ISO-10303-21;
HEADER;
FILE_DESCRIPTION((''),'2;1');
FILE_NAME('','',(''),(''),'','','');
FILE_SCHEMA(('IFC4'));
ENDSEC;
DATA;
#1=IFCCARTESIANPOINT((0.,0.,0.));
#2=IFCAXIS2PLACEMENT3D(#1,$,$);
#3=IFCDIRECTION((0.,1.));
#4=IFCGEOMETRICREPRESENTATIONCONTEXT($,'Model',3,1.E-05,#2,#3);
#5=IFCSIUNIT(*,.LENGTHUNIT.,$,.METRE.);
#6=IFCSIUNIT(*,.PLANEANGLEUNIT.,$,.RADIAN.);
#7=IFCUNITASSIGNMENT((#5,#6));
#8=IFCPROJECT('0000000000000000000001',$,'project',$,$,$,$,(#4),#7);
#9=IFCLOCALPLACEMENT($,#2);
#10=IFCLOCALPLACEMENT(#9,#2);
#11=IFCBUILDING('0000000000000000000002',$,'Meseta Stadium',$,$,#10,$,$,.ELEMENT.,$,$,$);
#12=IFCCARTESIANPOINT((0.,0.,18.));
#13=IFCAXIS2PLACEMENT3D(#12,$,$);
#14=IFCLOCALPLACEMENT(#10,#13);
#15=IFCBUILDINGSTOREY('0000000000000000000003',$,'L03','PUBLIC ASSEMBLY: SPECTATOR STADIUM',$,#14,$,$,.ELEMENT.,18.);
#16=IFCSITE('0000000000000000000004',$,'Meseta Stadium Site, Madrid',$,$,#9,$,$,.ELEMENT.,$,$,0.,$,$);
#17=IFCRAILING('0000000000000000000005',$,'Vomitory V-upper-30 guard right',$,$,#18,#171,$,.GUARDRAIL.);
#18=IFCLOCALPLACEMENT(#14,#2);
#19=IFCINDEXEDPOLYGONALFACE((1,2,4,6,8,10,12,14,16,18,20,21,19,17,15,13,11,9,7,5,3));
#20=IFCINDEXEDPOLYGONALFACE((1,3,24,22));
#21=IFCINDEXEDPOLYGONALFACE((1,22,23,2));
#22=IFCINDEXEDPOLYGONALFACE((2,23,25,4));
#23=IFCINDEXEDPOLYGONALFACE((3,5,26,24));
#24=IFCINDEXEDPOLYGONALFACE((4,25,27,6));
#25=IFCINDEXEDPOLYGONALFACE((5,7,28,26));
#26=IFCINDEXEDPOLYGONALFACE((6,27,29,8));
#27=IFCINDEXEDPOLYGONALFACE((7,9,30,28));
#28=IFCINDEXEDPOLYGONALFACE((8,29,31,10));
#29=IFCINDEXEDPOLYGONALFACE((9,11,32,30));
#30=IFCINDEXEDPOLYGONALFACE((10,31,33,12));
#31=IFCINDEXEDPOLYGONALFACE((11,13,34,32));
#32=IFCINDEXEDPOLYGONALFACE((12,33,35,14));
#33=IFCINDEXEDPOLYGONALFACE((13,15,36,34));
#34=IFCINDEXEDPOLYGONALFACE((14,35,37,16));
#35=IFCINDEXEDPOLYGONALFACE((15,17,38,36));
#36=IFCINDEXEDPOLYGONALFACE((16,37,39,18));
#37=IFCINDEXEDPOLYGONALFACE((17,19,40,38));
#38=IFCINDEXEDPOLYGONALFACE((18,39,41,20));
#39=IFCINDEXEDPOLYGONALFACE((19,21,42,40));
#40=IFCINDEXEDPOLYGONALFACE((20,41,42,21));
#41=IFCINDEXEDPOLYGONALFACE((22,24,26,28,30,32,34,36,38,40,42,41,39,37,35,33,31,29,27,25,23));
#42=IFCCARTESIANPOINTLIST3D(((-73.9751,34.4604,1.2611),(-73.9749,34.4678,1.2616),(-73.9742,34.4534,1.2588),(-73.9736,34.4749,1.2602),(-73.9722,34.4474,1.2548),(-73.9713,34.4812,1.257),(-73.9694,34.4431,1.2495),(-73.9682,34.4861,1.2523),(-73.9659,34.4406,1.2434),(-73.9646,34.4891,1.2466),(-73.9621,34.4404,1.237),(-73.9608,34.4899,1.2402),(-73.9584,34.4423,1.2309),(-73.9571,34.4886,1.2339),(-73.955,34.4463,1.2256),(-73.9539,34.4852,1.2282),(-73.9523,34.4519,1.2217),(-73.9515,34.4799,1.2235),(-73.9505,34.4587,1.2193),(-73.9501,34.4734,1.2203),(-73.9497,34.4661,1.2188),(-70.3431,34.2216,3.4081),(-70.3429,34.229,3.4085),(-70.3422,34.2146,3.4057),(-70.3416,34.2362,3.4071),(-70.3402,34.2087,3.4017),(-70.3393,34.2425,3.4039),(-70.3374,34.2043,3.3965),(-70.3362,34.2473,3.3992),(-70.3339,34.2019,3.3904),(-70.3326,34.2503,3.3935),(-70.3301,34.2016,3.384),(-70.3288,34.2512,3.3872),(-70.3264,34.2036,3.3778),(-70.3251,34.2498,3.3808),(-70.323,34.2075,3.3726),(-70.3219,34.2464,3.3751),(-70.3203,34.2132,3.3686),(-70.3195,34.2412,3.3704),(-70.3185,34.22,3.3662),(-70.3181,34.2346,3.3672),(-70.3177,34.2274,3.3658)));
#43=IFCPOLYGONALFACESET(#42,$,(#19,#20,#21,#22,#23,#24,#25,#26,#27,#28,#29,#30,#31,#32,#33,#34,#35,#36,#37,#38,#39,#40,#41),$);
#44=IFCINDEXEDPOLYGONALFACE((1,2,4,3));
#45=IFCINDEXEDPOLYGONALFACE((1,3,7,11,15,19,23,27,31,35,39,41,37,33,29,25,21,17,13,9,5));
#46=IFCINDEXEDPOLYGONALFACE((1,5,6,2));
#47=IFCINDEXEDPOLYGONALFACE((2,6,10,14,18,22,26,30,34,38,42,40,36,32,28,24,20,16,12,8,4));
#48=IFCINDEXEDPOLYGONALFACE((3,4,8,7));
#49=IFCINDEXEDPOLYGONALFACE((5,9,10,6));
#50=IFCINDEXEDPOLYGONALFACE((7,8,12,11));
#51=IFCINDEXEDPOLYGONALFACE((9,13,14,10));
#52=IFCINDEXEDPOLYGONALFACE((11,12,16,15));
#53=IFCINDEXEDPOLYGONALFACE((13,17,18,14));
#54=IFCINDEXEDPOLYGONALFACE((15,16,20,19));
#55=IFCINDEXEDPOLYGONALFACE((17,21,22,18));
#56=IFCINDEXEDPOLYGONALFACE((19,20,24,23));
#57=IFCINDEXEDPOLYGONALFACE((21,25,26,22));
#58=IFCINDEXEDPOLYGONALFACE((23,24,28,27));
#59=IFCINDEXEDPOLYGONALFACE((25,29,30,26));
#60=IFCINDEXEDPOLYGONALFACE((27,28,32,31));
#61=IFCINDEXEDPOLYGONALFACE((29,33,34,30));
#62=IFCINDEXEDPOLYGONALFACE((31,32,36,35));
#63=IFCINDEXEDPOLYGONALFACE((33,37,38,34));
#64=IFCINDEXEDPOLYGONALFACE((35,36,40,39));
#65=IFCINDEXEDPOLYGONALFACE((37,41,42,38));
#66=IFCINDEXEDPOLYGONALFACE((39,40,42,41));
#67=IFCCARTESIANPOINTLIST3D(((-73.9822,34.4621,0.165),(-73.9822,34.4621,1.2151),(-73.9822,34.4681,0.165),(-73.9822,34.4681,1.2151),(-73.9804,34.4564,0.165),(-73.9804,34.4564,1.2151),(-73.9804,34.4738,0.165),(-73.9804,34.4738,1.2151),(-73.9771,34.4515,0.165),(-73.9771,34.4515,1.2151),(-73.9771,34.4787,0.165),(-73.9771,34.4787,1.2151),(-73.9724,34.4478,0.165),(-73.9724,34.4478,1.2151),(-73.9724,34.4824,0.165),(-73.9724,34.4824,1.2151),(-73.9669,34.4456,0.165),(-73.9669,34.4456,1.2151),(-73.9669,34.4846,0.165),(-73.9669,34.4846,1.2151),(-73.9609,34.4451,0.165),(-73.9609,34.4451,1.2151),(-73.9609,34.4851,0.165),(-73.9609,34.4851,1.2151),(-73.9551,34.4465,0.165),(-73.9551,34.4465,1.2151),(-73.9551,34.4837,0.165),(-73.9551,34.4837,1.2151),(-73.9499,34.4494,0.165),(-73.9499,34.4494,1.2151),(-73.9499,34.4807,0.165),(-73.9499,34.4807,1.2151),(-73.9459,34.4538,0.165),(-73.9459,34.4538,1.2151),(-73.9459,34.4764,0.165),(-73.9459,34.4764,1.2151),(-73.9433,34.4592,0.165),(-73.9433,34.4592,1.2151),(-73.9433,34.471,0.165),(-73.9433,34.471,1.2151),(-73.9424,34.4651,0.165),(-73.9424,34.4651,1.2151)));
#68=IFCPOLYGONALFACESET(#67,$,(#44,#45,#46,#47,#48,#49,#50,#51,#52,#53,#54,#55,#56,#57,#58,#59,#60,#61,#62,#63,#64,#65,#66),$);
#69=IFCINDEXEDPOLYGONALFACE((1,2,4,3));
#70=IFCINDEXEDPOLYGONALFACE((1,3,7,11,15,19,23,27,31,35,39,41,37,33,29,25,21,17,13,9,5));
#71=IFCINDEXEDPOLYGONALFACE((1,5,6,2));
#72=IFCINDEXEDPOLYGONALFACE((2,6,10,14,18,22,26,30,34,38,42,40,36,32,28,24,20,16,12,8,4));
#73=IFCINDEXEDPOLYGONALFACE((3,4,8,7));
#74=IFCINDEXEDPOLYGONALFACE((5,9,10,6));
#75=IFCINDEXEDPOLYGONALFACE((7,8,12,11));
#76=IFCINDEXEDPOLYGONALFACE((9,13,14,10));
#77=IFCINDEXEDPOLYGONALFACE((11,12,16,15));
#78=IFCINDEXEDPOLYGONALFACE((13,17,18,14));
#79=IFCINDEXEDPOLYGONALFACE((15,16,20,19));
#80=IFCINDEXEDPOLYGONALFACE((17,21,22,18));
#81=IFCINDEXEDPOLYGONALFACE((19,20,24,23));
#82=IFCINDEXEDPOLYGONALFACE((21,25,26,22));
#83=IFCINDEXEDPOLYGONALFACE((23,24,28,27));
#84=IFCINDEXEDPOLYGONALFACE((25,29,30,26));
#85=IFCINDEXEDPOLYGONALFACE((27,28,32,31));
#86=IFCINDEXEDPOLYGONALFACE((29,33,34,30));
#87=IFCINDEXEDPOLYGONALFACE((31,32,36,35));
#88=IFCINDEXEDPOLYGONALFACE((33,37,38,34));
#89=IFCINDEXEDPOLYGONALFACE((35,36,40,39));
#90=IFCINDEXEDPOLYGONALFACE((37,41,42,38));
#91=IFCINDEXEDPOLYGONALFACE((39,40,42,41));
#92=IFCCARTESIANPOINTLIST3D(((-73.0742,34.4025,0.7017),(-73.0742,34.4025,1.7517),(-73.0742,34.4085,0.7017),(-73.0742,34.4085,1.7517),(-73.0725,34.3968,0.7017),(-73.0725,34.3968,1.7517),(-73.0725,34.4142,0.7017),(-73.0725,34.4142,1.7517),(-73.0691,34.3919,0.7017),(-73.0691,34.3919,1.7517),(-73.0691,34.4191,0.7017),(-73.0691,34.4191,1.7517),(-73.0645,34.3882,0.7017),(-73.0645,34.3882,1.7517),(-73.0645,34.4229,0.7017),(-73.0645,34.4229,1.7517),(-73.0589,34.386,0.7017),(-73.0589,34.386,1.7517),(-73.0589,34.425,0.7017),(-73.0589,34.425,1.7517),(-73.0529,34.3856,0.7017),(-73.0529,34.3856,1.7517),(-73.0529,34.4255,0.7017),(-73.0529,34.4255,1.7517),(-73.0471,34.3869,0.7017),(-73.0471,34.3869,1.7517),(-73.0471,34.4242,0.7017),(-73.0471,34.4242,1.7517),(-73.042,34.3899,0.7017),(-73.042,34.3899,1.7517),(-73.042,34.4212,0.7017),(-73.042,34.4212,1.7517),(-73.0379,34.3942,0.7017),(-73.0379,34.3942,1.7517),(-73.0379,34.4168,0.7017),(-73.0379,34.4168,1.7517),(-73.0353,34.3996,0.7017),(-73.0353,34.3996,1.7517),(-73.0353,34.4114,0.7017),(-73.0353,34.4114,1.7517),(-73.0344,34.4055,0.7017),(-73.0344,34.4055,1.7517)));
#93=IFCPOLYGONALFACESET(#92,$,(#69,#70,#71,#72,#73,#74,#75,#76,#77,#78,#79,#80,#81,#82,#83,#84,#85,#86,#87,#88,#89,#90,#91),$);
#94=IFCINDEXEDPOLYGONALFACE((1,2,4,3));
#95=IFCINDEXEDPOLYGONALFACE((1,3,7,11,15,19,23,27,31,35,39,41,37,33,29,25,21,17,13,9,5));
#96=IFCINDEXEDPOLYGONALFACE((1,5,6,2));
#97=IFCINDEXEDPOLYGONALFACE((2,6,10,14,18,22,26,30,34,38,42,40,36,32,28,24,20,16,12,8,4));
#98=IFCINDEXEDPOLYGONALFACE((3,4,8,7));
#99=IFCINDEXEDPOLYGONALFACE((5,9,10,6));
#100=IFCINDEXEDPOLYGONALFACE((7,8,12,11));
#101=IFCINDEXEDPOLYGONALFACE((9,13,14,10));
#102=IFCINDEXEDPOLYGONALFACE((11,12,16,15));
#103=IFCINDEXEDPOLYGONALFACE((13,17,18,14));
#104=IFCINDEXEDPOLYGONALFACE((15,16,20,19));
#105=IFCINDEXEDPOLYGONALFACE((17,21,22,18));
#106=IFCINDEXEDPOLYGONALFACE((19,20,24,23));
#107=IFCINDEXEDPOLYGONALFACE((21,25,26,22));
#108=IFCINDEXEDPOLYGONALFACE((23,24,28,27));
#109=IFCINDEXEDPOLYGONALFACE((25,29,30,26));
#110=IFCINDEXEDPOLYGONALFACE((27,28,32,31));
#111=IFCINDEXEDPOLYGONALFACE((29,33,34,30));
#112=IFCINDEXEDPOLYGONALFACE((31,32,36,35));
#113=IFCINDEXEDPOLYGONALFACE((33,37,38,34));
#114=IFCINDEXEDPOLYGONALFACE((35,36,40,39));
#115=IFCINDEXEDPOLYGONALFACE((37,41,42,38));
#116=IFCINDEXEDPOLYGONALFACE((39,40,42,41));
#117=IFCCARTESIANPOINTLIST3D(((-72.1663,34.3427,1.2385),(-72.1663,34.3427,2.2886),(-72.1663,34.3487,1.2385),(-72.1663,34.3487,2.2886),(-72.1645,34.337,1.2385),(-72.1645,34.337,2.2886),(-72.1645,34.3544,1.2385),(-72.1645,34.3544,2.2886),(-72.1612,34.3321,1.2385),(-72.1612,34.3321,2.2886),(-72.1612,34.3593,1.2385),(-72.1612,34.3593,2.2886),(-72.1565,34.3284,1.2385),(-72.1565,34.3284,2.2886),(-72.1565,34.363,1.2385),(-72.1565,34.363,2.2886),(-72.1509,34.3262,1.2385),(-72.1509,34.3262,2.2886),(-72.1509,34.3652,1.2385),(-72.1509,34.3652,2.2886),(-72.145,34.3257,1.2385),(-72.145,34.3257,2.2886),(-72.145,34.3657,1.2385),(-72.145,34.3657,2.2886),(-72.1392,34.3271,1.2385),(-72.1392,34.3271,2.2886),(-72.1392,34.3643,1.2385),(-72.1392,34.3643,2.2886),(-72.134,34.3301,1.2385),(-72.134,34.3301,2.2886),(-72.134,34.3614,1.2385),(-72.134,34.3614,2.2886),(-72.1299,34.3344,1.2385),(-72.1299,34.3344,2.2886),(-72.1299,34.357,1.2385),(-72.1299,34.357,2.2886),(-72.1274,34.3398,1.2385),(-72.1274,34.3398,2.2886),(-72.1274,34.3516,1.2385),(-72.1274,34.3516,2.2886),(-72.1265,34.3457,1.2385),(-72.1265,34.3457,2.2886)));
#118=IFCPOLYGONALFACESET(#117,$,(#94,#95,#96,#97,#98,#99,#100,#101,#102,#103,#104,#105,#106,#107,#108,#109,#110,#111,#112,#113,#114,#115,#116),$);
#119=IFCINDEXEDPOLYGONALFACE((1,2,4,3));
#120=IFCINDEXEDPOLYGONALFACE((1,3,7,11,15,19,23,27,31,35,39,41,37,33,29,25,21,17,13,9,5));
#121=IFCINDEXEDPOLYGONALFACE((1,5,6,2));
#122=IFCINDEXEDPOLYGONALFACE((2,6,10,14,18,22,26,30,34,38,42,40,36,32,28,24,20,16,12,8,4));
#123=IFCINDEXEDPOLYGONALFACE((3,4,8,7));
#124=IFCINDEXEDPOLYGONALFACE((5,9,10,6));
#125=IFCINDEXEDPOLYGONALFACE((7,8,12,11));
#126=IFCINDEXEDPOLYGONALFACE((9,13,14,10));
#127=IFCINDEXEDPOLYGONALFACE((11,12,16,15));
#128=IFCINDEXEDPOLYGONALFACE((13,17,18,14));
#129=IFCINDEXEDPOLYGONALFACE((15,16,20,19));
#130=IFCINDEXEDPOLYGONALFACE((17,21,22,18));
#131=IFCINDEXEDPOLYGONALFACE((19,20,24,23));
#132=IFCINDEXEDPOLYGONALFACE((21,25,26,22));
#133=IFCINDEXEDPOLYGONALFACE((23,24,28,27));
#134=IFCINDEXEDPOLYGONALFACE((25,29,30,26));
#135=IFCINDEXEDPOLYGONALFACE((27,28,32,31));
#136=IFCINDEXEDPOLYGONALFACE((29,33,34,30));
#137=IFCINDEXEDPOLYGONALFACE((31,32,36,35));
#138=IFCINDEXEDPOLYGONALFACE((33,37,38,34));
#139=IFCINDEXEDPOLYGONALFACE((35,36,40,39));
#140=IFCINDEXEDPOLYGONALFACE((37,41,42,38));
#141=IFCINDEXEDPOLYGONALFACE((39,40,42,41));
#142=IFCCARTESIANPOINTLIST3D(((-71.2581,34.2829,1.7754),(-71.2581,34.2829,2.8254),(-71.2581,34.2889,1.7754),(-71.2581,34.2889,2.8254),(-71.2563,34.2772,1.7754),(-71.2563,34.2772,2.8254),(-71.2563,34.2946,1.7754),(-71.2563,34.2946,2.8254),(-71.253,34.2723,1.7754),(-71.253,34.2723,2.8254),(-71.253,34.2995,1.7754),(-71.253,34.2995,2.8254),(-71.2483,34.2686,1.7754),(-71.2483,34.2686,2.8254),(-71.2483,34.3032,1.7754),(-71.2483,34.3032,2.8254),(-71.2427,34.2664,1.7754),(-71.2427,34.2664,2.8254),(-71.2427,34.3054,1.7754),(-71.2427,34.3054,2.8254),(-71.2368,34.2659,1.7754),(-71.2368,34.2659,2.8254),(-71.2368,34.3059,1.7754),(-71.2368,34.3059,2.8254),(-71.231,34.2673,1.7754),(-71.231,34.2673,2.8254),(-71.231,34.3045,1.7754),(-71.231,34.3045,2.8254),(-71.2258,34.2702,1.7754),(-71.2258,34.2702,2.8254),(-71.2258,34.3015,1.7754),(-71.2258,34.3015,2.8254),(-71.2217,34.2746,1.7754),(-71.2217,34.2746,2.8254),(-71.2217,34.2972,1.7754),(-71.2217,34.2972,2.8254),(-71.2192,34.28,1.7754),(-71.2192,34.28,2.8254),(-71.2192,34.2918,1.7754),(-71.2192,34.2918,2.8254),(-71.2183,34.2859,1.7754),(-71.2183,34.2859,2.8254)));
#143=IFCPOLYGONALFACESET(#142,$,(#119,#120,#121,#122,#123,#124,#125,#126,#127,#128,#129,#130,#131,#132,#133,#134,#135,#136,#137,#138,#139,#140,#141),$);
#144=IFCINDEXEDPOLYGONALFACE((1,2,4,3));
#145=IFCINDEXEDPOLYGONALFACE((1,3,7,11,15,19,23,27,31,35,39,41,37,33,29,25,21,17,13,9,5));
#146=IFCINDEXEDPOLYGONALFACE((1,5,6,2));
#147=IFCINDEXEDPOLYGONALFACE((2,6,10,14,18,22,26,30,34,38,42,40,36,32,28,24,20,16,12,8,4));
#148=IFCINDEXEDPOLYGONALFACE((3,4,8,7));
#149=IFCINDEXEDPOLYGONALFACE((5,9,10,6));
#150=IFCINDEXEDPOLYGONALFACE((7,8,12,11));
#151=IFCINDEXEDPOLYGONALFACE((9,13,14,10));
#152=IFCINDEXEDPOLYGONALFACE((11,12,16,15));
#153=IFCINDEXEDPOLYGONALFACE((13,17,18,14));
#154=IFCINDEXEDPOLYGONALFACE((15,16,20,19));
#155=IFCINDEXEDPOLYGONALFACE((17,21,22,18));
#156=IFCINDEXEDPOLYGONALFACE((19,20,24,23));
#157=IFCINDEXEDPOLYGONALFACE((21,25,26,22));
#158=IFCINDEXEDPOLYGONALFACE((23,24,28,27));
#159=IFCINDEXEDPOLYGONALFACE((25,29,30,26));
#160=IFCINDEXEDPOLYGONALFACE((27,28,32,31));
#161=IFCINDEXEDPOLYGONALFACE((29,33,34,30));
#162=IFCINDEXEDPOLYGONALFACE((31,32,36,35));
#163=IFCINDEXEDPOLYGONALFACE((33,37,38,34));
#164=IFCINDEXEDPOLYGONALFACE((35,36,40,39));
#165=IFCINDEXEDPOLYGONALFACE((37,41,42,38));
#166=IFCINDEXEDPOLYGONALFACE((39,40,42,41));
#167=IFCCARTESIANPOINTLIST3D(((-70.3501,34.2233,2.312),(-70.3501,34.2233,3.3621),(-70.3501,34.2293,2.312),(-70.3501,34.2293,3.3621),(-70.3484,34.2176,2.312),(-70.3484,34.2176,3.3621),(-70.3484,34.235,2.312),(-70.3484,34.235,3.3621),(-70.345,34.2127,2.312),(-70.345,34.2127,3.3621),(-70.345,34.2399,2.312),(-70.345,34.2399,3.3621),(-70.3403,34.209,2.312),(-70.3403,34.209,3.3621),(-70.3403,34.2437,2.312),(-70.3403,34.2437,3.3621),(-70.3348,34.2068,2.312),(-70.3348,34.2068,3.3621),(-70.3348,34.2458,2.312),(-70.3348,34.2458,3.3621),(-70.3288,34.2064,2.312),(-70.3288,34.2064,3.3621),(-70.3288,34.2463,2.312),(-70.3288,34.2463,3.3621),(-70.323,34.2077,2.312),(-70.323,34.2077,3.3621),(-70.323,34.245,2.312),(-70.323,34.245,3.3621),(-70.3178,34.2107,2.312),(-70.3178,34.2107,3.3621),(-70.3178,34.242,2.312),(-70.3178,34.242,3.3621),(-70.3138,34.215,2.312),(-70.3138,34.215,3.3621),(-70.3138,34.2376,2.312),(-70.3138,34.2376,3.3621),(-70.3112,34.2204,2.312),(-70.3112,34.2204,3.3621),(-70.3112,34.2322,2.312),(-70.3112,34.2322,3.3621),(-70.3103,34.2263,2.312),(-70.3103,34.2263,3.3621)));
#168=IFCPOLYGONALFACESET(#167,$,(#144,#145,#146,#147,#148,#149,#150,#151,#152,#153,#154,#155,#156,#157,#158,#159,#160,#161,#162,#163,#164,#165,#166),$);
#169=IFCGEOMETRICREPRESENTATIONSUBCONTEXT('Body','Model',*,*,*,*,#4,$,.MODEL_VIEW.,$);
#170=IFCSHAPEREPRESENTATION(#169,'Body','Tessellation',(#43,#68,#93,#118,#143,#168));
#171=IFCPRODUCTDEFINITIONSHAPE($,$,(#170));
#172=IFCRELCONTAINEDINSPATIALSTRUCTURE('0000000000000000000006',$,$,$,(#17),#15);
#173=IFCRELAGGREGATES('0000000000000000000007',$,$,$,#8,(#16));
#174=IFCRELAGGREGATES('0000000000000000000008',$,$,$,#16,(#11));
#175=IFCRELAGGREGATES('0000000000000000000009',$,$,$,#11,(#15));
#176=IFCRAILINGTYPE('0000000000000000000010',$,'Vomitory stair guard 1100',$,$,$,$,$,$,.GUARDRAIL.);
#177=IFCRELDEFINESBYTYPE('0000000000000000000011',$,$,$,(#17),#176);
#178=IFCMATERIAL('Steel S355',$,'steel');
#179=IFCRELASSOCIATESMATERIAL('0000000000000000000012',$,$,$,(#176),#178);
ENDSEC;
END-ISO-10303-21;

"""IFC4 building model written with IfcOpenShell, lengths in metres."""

from ifc_helpers import new_model, si_unit, direction, frame, origin, origin_2d, place, context, subcontext, project, spatial, circle, extrude, material, type_object, element, save


model = new_model("IFC4")

# Units and contexts
model_context = context("Model", 3, precision=1e-05, world=origin(), true_north=direction((0.0, 1.0)))
body_context = subcontext(model_context, "Body", "Model", "MODEL_VIEW")
ifc_project = project(units=[si_unit("LENGTHUNIT", "METRE"), si_unit("PLANEANGLEUNIT", "RADIAN")], contexts=[model_context])

# Site, building, storey
site_placement = place(None, origin())
site = spatial("IfcSite", under=ifc_project, at=site_placement, Name="Meseta Stadium Site, Madrid", CompositionType="ELEMENT", RefElevation=0.0)
building_placement = place(site_placement, origin())
building = spatial("IfcBuilding", under=site, at=building_placement, Name="Meseta Stadium", CompositionType="ELEMENT")
storey_placement = place(building_placement, frame((0.0, 0.0, 18.0)))
storey = spatial("IfcBuildingStorey", under=building, at=storey_placement, Name="L03", Description="PUBLIC ASSEMBLY: SPECTATOR STADIUM", CompositionType="ELEMENT", Elevation=18.0)

# Railing
ifc_material_1 = material(Name="Steel S355", Category="steel")
railing_type_1 = type_object("IfcRailingType", Name="Vomitory stair guard 1100", PredefinedType="GUARDRAIL", material=ifc_material_1)
railing_1_placement = place(storey_placement, frame((-73.9624, 34.4651, 0.165)))
element("IfcRailing", 1, at=railing_1_placement, inside=storey, type_object=railing_type_1, Name="Vomitory V-upper-30 guard right", PredefinedType="GUARDRAIL", context=body_context, shape_type="SweptSolid", body=[
    extrude(circle(Radius=0.0249, at=origin_2d()), frame((0.0, 0.0, 1.0752), z_axis=(0.859474, -0.056501, 0.508047), x_axis=(0.065597, 0.997846, 0.0)), (0.0, 0.0, 1.0), 4.2258),
    extrude(circle(Radius=0.02, at=origin_2d()), origin(), (0.0, 0.0, 1.0), 1.05),
    extrude(circle(Radius=0.02, at=origin_2d()), frame((0.908, -0.0596, 0.5366)), (0.0, 0.0, 1.0), 1.05),
    extrude(circle(Radius=0.02, at=origin_2d()), frame((1.8159, -0.1194, 1.0735)), (0.0, 0.0, 1.0), 1.05),
    extrude(circle(Radius=0.02, at=origin_2d()), frame((2.7241, -0.1792, 1.6104)), (0.0, 0.0, 1.0), 1.05),
    extrude(circle(Radius=0.02, at=origin_2d()), frame((3.6321, -0.2388, 2.147)), (0.0, 0.0, 1.0), 1.05),
])

save(model, "model.ifc")
